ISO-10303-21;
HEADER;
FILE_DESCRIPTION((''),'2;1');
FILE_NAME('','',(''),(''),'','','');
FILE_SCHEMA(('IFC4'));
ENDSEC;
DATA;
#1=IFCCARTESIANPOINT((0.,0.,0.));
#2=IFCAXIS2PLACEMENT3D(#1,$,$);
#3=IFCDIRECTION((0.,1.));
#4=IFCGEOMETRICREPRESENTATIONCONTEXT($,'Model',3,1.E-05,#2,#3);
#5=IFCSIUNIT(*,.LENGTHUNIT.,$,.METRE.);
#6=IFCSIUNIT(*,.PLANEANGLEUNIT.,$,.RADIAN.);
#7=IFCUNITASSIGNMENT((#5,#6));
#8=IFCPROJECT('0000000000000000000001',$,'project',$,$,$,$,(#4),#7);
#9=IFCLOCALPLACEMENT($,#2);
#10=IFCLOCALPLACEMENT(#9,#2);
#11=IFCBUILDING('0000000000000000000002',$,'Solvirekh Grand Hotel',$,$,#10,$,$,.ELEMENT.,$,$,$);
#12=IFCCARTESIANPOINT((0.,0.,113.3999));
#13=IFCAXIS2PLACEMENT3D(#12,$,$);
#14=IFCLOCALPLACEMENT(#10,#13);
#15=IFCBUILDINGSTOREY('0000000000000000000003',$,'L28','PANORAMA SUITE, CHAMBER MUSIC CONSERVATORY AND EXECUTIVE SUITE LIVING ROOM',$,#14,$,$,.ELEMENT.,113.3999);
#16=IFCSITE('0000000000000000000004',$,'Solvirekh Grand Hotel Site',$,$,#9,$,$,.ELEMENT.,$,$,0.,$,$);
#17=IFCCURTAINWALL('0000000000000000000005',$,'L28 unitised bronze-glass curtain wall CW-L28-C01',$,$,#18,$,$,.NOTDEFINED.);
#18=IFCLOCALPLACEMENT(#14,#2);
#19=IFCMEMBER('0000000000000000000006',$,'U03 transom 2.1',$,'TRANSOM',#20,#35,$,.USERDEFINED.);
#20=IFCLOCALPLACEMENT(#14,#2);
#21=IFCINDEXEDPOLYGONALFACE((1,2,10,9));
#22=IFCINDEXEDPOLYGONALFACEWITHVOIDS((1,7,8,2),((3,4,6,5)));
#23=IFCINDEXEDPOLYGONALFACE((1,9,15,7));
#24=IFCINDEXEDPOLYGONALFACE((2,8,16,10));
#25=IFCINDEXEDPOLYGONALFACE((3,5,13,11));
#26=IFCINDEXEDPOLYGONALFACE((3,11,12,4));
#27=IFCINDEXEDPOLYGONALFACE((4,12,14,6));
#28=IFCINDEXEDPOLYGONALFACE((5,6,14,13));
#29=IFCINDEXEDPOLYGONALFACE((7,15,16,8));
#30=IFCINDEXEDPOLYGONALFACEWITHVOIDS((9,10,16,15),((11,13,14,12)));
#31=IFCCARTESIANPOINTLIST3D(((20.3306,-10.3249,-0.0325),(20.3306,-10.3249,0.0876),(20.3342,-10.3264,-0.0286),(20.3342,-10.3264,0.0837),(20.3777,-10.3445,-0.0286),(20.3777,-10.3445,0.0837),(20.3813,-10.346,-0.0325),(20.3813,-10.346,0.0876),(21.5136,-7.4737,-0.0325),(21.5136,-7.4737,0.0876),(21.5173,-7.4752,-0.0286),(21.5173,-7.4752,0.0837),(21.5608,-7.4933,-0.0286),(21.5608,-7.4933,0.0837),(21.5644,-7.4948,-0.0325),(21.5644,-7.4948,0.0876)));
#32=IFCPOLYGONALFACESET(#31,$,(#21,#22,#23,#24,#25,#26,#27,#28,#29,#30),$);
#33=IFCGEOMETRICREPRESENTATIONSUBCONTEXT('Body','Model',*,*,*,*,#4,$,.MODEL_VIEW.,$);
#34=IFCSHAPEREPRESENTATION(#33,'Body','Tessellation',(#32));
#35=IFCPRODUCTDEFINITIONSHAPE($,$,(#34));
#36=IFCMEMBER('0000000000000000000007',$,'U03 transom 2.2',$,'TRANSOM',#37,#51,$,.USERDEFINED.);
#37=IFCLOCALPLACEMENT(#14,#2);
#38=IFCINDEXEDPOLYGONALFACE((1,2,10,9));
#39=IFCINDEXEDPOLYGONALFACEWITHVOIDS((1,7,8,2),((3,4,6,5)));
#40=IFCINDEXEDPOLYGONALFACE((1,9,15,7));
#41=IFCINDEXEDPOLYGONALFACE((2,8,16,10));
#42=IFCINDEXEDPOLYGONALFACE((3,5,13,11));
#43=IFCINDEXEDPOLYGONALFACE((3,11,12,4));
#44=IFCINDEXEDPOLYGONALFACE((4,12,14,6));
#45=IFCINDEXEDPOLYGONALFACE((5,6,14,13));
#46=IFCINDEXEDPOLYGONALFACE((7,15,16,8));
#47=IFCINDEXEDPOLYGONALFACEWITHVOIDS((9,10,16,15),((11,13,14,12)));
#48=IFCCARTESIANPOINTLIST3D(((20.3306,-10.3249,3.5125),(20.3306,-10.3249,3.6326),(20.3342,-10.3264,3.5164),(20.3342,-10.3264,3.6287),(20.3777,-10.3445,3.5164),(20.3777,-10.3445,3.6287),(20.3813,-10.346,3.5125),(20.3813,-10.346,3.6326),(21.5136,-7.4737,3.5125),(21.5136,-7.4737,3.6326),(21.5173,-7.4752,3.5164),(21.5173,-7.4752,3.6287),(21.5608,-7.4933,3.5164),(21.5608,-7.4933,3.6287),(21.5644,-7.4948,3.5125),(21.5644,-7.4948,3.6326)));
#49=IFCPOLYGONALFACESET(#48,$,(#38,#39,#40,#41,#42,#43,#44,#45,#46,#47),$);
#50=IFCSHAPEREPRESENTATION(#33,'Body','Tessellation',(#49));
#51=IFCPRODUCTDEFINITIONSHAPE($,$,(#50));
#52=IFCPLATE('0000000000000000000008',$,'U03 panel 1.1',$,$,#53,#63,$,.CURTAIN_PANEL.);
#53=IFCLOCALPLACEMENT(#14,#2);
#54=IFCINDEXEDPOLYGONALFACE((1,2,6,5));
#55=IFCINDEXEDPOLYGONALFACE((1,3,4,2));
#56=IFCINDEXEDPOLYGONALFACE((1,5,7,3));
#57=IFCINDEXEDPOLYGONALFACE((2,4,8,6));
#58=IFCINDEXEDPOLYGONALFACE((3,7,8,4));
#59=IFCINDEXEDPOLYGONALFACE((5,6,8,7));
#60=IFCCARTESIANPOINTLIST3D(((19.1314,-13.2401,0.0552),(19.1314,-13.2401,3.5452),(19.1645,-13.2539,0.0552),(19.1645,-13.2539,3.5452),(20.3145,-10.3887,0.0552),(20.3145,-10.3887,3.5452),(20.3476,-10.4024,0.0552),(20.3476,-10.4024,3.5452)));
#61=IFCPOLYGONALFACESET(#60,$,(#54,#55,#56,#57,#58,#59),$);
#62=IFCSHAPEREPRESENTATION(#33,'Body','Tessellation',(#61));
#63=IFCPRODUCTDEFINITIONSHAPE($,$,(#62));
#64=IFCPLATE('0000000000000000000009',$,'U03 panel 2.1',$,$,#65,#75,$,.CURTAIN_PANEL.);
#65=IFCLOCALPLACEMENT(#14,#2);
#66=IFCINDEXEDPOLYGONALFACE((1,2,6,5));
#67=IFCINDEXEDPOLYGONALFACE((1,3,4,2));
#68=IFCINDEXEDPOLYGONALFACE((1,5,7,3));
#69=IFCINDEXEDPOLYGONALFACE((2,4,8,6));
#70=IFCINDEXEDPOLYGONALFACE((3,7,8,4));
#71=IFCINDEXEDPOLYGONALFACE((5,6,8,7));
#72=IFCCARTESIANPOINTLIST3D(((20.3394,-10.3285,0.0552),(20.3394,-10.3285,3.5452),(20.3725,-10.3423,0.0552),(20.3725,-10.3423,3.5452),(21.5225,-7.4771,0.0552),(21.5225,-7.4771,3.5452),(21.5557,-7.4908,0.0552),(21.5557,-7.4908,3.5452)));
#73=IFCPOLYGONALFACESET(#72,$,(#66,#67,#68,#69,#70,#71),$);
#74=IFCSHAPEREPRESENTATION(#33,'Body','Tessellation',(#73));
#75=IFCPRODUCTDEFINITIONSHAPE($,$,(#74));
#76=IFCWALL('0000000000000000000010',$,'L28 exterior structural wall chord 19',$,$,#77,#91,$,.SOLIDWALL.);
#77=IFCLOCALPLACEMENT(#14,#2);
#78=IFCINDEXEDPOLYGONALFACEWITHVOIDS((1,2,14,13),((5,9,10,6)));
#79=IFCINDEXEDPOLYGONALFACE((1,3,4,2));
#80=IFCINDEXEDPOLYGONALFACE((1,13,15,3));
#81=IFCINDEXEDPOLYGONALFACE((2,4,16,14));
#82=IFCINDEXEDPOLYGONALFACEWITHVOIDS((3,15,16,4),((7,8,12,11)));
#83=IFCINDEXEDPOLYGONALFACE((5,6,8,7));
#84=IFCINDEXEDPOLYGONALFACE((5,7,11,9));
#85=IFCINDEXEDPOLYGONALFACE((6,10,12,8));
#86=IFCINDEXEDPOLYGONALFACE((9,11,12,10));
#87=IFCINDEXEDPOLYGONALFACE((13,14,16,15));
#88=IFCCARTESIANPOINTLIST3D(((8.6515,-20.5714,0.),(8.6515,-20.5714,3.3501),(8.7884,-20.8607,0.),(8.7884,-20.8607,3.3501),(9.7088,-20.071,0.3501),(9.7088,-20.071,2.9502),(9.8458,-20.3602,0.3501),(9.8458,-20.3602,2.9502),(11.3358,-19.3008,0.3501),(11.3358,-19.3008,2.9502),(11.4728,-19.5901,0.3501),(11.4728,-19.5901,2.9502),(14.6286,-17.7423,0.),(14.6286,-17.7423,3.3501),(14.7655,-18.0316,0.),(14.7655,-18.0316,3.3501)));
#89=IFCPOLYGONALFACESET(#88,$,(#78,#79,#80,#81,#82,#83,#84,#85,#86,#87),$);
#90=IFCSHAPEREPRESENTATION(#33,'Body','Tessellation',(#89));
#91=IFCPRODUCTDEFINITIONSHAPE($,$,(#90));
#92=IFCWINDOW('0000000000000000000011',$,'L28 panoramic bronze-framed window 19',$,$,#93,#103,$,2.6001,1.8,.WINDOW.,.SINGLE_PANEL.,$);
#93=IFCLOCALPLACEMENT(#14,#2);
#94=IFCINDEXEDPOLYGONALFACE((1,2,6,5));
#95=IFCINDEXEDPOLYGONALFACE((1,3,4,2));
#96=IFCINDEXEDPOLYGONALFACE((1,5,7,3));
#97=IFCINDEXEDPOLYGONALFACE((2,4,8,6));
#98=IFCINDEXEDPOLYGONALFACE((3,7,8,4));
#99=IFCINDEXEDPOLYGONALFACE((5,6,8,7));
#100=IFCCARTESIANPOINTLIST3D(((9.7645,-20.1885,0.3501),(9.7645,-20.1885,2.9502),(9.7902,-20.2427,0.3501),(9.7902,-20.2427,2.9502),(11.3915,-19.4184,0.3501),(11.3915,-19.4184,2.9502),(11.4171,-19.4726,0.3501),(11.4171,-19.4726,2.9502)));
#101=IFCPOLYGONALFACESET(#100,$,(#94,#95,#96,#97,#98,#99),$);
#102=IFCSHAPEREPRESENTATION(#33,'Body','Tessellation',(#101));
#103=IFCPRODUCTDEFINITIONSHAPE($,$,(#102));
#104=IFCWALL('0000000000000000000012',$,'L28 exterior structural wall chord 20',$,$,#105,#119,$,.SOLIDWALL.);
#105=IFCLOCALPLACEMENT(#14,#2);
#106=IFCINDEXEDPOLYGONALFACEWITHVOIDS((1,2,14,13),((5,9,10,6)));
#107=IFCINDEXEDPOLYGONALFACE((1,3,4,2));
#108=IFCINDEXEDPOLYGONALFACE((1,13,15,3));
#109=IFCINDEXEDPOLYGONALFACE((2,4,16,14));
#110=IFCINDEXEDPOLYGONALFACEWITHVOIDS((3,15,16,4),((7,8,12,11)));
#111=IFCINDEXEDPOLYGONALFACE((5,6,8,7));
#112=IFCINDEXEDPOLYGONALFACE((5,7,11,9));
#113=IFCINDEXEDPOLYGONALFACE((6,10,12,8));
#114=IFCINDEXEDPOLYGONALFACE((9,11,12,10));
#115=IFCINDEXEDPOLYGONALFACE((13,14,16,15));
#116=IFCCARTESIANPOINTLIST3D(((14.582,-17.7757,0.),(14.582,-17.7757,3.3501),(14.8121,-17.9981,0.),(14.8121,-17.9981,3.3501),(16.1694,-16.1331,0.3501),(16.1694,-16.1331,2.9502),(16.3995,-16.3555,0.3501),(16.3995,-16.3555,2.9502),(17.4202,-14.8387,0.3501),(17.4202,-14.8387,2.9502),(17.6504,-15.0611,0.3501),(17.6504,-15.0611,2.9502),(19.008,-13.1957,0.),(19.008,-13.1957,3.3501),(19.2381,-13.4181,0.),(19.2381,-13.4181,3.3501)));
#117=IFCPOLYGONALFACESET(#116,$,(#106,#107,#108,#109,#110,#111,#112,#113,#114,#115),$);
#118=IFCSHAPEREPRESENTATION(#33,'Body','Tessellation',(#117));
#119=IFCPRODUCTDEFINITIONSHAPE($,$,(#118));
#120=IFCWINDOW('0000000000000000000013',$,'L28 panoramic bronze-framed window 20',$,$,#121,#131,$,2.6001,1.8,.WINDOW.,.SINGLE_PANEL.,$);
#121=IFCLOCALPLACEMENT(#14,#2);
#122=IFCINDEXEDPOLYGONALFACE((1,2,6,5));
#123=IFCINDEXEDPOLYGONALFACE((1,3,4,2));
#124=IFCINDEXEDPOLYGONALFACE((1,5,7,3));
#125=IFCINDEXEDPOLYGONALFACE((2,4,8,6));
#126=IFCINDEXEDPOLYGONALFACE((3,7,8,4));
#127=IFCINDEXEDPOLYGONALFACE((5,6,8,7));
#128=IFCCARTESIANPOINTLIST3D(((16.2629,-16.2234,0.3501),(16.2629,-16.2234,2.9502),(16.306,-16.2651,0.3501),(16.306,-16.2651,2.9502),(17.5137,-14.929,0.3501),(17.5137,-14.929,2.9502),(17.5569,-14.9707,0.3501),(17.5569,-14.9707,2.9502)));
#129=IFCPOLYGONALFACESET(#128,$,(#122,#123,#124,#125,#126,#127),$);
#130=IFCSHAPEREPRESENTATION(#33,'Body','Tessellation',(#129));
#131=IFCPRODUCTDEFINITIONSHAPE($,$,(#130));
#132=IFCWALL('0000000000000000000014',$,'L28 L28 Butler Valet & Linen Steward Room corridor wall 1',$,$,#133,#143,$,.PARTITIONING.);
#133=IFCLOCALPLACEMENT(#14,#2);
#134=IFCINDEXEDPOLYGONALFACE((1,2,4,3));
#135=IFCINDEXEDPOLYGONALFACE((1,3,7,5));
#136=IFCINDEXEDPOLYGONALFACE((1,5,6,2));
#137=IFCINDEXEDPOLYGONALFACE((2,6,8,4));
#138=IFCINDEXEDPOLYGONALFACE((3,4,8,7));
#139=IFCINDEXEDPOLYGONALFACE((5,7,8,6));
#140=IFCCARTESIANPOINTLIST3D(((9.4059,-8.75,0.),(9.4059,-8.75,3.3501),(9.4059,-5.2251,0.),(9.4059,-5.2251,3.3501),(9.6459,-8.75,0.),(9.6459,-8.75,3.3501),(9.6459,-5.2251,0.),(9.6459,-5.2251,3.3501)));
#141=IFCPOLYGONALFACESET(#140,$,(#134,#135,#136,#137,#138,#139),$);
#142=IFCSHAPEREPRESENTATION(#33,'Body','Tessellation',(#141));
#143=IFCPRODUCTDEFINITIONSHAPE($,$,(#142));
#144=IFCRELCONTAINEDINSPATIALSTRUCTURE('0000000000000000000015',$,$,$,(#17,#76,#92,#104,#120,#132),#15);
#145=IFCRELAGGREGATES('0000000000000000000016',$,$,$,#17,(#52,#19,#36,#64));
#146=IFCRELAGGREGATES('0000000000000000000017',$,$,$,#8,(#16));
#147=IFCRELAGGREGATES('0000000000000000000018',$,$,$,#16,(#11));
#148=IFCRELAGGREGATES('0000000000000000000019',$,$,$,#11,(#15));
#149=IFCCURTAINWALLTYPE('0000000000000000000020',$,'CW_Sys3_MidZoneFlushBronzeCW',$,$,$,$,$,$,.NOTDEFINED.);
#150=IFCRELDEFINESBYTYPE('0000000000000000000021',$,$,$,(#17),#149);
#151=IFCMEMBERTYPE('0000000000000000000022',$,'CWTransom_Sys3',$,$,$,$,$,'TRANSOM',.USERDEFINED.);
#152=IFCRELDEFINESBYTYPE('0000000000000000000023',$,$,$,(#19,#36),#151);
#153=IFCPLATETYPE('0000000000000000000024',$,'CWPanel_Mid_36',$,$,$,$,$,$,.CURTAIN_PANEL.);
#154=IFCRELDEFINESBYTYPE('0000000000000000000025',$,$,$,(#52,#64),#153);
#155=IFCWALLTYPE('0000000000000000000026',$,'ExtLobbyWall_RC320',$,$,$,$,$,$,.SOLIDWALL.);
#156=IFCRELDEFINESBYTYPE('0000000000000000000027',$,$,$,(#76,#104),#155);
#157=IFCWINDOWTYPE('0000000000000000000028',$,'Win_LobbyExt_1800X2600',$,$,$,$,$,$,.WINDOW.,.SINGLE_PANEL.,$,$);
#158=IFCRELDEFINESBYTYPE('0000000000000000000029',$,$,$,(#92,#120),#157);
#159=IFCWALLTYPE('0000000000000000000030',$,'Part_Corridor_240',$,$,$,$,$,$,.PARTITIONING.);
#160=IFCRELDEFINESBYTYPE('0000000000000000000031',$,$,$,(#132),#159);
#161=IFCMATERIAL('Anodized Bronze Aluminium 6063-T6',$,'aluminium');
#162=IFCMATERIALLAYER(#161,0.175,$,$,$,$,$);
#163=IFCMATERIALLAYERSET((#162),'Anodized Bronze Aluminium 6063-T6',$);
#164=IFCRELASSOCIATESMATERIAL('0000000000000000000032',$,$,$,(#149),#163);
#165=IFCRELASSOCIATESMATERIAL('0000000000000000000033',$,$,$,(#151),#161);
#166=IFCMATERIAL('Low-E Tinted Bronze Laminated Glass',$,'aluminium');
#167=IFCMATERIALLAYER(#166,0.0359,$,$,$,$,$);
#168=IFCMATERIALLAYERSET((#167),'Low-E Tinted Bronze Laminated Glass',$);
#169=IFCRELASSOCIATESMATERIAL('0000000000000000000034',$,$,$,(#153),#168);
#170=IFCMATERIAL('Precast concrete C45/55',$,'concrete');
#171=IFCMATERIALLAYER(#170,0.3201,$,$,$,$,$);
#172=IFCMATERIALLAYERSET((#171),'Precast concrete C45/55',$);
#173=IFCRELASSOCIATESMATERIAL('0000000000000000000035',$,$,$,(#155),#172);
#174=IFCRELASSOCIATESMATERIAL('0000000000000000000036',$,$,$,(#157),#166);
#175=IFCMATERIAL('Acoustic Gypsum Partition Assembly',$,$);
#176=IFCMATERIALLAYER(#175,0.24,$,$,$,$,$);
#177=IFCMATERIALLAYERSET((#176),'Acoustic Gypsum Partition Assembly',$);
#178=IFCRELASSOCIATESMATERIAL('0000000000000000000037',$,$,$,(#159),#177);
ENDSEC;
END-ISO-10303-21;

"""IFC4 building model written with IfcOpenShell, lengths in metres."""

from ifc_helpers import new_model, si_unit, direction, frame, frame_2d, origin, origin_2d, place, context, subcontext, project, spatial, rectangle, hollow_rectangle, extrude, source, transform, mapped, material, layer, layer_set, material_profile, profile_set, type_object, element, fill, aggregate, save


model = new_model("IFC4")

# Units and contexts
model_context = context("Model", 3, precision=1e-05, world=origin(), true_north=direction((0.0, 1.0)))
body_context = subcontext(model_context, "Body", "Model", "MODEL_VIEW")
ifc_project = project(units=[si_unit("LENGTHUNIT", "METRE"), si_unit("PLANEANGLEUNIT", "RADIAN")], contexts=[model_context])

# Site, building, storey
site_placement = place(None, origin())
site = spatial("IfcSite", under=ifc_project, at=site_placement, Name="Solvirekh Grand Hotel Site", CompositionType="ELEMENT", RefElevation=0.0)
building_placement = place(site_placement, origin())
building = spatial("IfcBuilding", under=site, at=building_placement, Name="Solvirekh Grand Hotel", CompositionType="ELEMENT")
storey_placement = place(building_placement, frame((0.0, 0.0, 113.3999)))
storey = spatial("IfcBuildingStorey", under=building, at=storey_placement, Name="L28", Description="PANORAMA SUITE, CHAMBER MUSIC CONSERVATORY AND EXECUTIVE SUITE LIVING ROOM", CompositionType="ELEMENT", Elevation=113.3999)

# Curtain wall
ifc_material_1 = material(Name="Anodized Bronze Aluminium 6063-T6", Category="aluminium")
ifc_layer_1 = layer(ifc_material_1, 0.175)
ifc_layer_set_1 = layer_set([ifc_layer_1], Name="Anodized Bronze Aluminium 6063-T6")
curtain_wall_type = type_object("IfcCurtainWallType", Name="CW_Sys3_MidZoneFlushBronzeCW", PredefinedType="NOTDEFINED", material=ifc_layer_set_1)
curtain_wall_1_placement = place(storey_placement, origin())
curtain_wall_1 = element("IfcCurtainWall", 1, at=curtain_wall_1_placement, inside=storey, type_object=curtain_wall_type, Name="L28 unitised bronze-glass curtain wall CW-L28-C01", PredefinedType="NOTDEFINED")
ifc_material_profile_1 = material_profile(ifc_material_1, hollow_rectangle(XDim=0.0549, YDim=0.1201, WallThickness=0.0039, at=origin_2d()), Name="ALU RHS 120X55X4")
ifc_profile_set_1 = profile_set([ifc_material_profile_1], Name="Anodized Bronze Aluminium 6063-T6")
member_type_1 = type_object("IfcMemberType", Name="CWTransom_Sys3", ElementType="TRANSOM", PredefinedType="USERDEFINED", material=ifc_profile_set_1)

# Members
shared_shape_1 = source(origin(), body_context, "Body", "SweptSolid", [
    extrude(hollow_rectangle(XDim=0.0549, YDim=0.1201, WallThickness=0.0039, at=origin_2d()), origin(), (0.0, 0.0, 1.0), 3.0869),
])
member_1_placement = place(storey_placement, frame((20.356, -10.3354, 0.0276), z_axis=(0.38325, 0.923644, 0.0), x_axis=(-0.923644, 0.38325, 0.0)))
member_1 = element("IfcMember", 2, at=member_1_placement, type_object=member_type_1, Name="U03 transom 2.1", ObjectType="TRANSOM", PredefinedType="USERDEFINED", context=body_context, shape_type="MappedRepresentation", body=[
    mapped(shared_shape_1, transform((0.0, 0.0, 0.0), x_axis=(1.0, 0.0, 0.0), y_axis=(0.0, 1.0, 0.0), z_axis=(0.0, 0.0, 1.0), scale=1.0)),
])
member_2_placement = place(storey_placement, frame((20.356, -10.3354, 3.5725), z_axis=(0.38325, 0.923644, 0.0), x_axis=(-0.923644, 0.38325, 0.0)))
member_2 = element("IfcMember", 3, at=member_2_placement, type_object=member_type_1, Name="U03 transom 2.2", ObjectType="TRANSOM", PredefinedType="USERDEFINED", context=body_context, shape_type="MappedRepresentation", body=[
    mapped(shared_shape_1, transform((0.0, 0.0, 0.0), x_axis=(1.0, 0.0, 0.0), y_axis=(0.0, 1.0, 0.0), z_axis=(0.0, 0.0, 1.0), scale=1.0)),
])

# Plates
ifc_material_2 = material(Name="Low-E Tinted Bronze Laminated Glass", Category="aluminium")
ifc_layer_2 = layer(ifc_material_2, 0.0359)
ifc_layer_set_2 = layer_set([ifc_layer_2], Name="Low-E Tinted Bronze Laminated Glass")
plate_type = type_object("IfcPlateType", Name="CWPanel_Mid_36", PredefinedType="CURTAIN_PANEL", material=ifc_layer_set_2)
shared_shape_2 = source(origin(), body_context, "Body", "SweptSolid", [
    extrude(rectangle(XDim=3.0872, YDim=0.0359, at=origin_2d()), origin(), (0.0, 0.0, 1.0), 3.49),
])
plate_1_placement = place(storey_placement, frame((19.7395, -11.8213, 0.0552), z_axis=(0.0, 0.0, 1.0), x_axis=(0.383244, 0.923647, 0.0)))
plate_1 = element("IfcPlate", 4, at=plate_1_placement, type_object=plate_type, Name="U03 panel 1.1", PredefinedType="CURTAIN_PANEL", context=body_context, shape_type="MappedRepresentation", body=[
    mapped(shared_shape_2, transform((0.0, 0.0, 0.0), x_axis=(1.0, 0.0, 0.0), y_axis=(0.0, 1.0, 0.0), z_axis=(0.0, 0.0, 1.0), scale=1.0)),
])
plate_2_placement = place(storey_placement, frame((20.9475, -8.9097, 0.0552), z_axis=(0.0, 0.0, 1.0), x_axis=(0.383244, 0.923647, 0.0)))
plate_2 = element("IfcPlate", 5, at=plate_2_placement, type_object=plate_type, Name="U03 panel 2.1", PredefinedType="CURTAIN_PANEL", context=body_context, shape_type="MappedRepresentation", body=[
    mapped(shared_shape_2, transform((0.0, 0.0, 0.0), x_axis=(1.0, 0.0, 0.0), y_axis=(0.0, 1.0, 0.0), z_axis=(0.0, 0.0, 1.0), scale=1.0)),
])
aggregate(curtain_wall_1, [plate_1, member_1, member_2, plate_2])

# Walls, openings, windows
ifc_material_3 = material(Name="Precast concrete C45/55", Category="concrete")
ifc_layer_3 = layer(ifc_material_3, 0.3201)
ifc_layer_set_3 = layer_set([ifc_layer_3], Name="Precast concrete C45/55")
wall_type_1 = type_object("IfcWallType", Name="ExtLobbyWall_RC320", PredefinedType="SOLIDWALL", material=ifc_layer_set_3)
wall_1_placement = place(storey_placement, frame((14.697, -17.887, 0.0), z_axis=(0.0, 0.0, 1.0), x_axis=(-0.903863, -0.427823, 0.0)))
wall_1 = element("IfcWall", 6, at=wall_1_placement, inside=storey, type_object=wall_type_1, Name="L28 exterior structural wall chord 19", PredefinedType="SOLIDWALL", context=body_context, shape_type="SweptSolid", body=[
    extrude(rectangle(XDim=6.6128, YDim=0.3201, at=frame_2d((3.3064, 0.0))), origin(), (0.0, 0.0, 1.0), 3.3501),
])
opening_1_placement = place(wall_1_placement, frame((3.6431, 0.0, 0.3501)))
opening_1 = element("IfcOpeningElement", 7, at=opening_1_placement, cuts=wall_1, PredefinedType="OPENING", context=body_context, shape_type="SweptSolid", body=[
    extrude(rectangle(XDim=1.8, YDim=2.6001, at=frame_2d((0.8999, 1.3))), frame((0.0, 0.1699, 0.0), z_axis=(0.0, -1.0, 0.0), x_axis=(1.0, 0.0, 0.0)), (0.0, 0.0, 1.0), 0.3401),
])
window_type = type_object("IfcWindowType", Name="Win_LobbyExt_1800X2600", PartitioningType="SINGLE_PANEL", PredefinedType="WINDOW", material=ifc_material_2)
window_1_placement = place(opening_1_placement, origin())
window_1 = element("IfcWindow", 8, at=window_1_placement, inside=storey, type_object=window_type, Name="L28 panoramic bronze-framed window 19", OverallHeight=2.6001, OverallWidth=1.8, PartitioningType="SINGLE_PANEL", PredefinedType="WINDOW", context=body_context, shape_type="SweptSolid", body=[
    extrude(rectangle(XDim=1.8, YDim=2.6001, at=frame_2d((0.8999, 1.3))), frame((0.0, 0.03, 0.0), z_axis=(0.0, -1.0, 0.0), x_axis=(1.0, 0.0, 0.0)), (0.0, 0.0, 1.0), 0.0601),
])
fill(opening_1, window_1)
wall_2_placement = place(storey_placement, frame((19.123, -13.3069, 0.0), z_axis=(0.0, 0.0, 1.0), x_axis=(-0.69491, -0.719097, 0.0)))
wall_2 = element("IfcWall", 9, at=wall_2_placement, inside=storey, type_object=wall_type_1, Name="L28 exterior structural wall chord 20", PredefinedType="SOLIDWALL", context=body_context, shape_type="SweptSolid", body=[
    extrude(rectangle(XDim=6.3691, YDim=0.3201, at=frame_2d((3.1846, 0.0))), origin(), (0.0, 0.0, 1.0), 3.3501),
])
opening_2_placement = place(wall_2_placement, frame((2.2849, 0.0, 0.3501)))
opening_2 = element("IfcOpeningElement", 10, at=opening_2_placement, cuts=wall_2, PredefinedType="OPENING", context=body_context, shape_type="SweptSolid", body=[
    extrude(rectangle(XDim=1.8, YDim=2.6001, at=frame_2d((0.8999, 1.3))), frame((0.0, 0.1699, 0.0), z_axis=(0.0, -1.0, 0.0), x_axis=(1.0, 0.0, 0.0)), (0.0, 0.0, 1.0), 0.3401),
])
window_2_placement = place(opening_2_placement, origin())
window_2 = element("IfcWindow", 11, at=window_2_placement, inside=storey, type_object=window_type, Name="L28 panoramic bronze-framed window 20", OverallHeight=2.6001, OverallWidth=1.8, PartitioningType="SINGLE_PANEL", PredefinedType="WINDOW", context=body_context, shape_type="SweptSolid", body=[
    extrude(rectangle(XDim=1.8, YDim=2.6001, at=frame_2d((0.8999, 1.3))), frame((0.0, 0.03, 0.0), z_axis=(0.0, -1.0, 0.0), x_axis=(1.0, 0.0, 0.0)), (0.0, 0.0, 1.0), 0.0601),
])
fill(opening_2, window_2)

# Wall
ifc_material_4 = material(Name="Acoustic Gypsum Partition Assembly")
ifc_layer_4 = layer(ifc_material_4, 0.24)
ifc_layer_set_4 = layer_set([ifc_layer_4], Name="Acoustic Gypsum Partition Assembly")
wall_type_2 = type_object("IfcWallType", Name="Part_Corridor_240", PredefinedType="PARTITIONING", material=ifc_layer_set_4)
wall_3_placement = place(storey_placement, frame((9.5259, -8.75, 0.0), z_axis=(0.0, 0.0, 1.0), x_axis=(0.0, 1.0, 0.0)))
element("IfcWall", 12, at=wall_3_placement, inside=storey, type_object=wall_type_2, Name="L28 L28 Butler Valet & Linen Steward Room corridor wall 1", PredefinedType="PARTITIONING", context=body_context, shape_type="SweptSolid", body=[
    extrude(rectangle(XDim=3.5249, YDim=0.24, at=frame_2d((1.7625, 0.0))), origin(), (0.0, 0.0, 1.0), 3.3501),
])

save(model, "model.ifc")
